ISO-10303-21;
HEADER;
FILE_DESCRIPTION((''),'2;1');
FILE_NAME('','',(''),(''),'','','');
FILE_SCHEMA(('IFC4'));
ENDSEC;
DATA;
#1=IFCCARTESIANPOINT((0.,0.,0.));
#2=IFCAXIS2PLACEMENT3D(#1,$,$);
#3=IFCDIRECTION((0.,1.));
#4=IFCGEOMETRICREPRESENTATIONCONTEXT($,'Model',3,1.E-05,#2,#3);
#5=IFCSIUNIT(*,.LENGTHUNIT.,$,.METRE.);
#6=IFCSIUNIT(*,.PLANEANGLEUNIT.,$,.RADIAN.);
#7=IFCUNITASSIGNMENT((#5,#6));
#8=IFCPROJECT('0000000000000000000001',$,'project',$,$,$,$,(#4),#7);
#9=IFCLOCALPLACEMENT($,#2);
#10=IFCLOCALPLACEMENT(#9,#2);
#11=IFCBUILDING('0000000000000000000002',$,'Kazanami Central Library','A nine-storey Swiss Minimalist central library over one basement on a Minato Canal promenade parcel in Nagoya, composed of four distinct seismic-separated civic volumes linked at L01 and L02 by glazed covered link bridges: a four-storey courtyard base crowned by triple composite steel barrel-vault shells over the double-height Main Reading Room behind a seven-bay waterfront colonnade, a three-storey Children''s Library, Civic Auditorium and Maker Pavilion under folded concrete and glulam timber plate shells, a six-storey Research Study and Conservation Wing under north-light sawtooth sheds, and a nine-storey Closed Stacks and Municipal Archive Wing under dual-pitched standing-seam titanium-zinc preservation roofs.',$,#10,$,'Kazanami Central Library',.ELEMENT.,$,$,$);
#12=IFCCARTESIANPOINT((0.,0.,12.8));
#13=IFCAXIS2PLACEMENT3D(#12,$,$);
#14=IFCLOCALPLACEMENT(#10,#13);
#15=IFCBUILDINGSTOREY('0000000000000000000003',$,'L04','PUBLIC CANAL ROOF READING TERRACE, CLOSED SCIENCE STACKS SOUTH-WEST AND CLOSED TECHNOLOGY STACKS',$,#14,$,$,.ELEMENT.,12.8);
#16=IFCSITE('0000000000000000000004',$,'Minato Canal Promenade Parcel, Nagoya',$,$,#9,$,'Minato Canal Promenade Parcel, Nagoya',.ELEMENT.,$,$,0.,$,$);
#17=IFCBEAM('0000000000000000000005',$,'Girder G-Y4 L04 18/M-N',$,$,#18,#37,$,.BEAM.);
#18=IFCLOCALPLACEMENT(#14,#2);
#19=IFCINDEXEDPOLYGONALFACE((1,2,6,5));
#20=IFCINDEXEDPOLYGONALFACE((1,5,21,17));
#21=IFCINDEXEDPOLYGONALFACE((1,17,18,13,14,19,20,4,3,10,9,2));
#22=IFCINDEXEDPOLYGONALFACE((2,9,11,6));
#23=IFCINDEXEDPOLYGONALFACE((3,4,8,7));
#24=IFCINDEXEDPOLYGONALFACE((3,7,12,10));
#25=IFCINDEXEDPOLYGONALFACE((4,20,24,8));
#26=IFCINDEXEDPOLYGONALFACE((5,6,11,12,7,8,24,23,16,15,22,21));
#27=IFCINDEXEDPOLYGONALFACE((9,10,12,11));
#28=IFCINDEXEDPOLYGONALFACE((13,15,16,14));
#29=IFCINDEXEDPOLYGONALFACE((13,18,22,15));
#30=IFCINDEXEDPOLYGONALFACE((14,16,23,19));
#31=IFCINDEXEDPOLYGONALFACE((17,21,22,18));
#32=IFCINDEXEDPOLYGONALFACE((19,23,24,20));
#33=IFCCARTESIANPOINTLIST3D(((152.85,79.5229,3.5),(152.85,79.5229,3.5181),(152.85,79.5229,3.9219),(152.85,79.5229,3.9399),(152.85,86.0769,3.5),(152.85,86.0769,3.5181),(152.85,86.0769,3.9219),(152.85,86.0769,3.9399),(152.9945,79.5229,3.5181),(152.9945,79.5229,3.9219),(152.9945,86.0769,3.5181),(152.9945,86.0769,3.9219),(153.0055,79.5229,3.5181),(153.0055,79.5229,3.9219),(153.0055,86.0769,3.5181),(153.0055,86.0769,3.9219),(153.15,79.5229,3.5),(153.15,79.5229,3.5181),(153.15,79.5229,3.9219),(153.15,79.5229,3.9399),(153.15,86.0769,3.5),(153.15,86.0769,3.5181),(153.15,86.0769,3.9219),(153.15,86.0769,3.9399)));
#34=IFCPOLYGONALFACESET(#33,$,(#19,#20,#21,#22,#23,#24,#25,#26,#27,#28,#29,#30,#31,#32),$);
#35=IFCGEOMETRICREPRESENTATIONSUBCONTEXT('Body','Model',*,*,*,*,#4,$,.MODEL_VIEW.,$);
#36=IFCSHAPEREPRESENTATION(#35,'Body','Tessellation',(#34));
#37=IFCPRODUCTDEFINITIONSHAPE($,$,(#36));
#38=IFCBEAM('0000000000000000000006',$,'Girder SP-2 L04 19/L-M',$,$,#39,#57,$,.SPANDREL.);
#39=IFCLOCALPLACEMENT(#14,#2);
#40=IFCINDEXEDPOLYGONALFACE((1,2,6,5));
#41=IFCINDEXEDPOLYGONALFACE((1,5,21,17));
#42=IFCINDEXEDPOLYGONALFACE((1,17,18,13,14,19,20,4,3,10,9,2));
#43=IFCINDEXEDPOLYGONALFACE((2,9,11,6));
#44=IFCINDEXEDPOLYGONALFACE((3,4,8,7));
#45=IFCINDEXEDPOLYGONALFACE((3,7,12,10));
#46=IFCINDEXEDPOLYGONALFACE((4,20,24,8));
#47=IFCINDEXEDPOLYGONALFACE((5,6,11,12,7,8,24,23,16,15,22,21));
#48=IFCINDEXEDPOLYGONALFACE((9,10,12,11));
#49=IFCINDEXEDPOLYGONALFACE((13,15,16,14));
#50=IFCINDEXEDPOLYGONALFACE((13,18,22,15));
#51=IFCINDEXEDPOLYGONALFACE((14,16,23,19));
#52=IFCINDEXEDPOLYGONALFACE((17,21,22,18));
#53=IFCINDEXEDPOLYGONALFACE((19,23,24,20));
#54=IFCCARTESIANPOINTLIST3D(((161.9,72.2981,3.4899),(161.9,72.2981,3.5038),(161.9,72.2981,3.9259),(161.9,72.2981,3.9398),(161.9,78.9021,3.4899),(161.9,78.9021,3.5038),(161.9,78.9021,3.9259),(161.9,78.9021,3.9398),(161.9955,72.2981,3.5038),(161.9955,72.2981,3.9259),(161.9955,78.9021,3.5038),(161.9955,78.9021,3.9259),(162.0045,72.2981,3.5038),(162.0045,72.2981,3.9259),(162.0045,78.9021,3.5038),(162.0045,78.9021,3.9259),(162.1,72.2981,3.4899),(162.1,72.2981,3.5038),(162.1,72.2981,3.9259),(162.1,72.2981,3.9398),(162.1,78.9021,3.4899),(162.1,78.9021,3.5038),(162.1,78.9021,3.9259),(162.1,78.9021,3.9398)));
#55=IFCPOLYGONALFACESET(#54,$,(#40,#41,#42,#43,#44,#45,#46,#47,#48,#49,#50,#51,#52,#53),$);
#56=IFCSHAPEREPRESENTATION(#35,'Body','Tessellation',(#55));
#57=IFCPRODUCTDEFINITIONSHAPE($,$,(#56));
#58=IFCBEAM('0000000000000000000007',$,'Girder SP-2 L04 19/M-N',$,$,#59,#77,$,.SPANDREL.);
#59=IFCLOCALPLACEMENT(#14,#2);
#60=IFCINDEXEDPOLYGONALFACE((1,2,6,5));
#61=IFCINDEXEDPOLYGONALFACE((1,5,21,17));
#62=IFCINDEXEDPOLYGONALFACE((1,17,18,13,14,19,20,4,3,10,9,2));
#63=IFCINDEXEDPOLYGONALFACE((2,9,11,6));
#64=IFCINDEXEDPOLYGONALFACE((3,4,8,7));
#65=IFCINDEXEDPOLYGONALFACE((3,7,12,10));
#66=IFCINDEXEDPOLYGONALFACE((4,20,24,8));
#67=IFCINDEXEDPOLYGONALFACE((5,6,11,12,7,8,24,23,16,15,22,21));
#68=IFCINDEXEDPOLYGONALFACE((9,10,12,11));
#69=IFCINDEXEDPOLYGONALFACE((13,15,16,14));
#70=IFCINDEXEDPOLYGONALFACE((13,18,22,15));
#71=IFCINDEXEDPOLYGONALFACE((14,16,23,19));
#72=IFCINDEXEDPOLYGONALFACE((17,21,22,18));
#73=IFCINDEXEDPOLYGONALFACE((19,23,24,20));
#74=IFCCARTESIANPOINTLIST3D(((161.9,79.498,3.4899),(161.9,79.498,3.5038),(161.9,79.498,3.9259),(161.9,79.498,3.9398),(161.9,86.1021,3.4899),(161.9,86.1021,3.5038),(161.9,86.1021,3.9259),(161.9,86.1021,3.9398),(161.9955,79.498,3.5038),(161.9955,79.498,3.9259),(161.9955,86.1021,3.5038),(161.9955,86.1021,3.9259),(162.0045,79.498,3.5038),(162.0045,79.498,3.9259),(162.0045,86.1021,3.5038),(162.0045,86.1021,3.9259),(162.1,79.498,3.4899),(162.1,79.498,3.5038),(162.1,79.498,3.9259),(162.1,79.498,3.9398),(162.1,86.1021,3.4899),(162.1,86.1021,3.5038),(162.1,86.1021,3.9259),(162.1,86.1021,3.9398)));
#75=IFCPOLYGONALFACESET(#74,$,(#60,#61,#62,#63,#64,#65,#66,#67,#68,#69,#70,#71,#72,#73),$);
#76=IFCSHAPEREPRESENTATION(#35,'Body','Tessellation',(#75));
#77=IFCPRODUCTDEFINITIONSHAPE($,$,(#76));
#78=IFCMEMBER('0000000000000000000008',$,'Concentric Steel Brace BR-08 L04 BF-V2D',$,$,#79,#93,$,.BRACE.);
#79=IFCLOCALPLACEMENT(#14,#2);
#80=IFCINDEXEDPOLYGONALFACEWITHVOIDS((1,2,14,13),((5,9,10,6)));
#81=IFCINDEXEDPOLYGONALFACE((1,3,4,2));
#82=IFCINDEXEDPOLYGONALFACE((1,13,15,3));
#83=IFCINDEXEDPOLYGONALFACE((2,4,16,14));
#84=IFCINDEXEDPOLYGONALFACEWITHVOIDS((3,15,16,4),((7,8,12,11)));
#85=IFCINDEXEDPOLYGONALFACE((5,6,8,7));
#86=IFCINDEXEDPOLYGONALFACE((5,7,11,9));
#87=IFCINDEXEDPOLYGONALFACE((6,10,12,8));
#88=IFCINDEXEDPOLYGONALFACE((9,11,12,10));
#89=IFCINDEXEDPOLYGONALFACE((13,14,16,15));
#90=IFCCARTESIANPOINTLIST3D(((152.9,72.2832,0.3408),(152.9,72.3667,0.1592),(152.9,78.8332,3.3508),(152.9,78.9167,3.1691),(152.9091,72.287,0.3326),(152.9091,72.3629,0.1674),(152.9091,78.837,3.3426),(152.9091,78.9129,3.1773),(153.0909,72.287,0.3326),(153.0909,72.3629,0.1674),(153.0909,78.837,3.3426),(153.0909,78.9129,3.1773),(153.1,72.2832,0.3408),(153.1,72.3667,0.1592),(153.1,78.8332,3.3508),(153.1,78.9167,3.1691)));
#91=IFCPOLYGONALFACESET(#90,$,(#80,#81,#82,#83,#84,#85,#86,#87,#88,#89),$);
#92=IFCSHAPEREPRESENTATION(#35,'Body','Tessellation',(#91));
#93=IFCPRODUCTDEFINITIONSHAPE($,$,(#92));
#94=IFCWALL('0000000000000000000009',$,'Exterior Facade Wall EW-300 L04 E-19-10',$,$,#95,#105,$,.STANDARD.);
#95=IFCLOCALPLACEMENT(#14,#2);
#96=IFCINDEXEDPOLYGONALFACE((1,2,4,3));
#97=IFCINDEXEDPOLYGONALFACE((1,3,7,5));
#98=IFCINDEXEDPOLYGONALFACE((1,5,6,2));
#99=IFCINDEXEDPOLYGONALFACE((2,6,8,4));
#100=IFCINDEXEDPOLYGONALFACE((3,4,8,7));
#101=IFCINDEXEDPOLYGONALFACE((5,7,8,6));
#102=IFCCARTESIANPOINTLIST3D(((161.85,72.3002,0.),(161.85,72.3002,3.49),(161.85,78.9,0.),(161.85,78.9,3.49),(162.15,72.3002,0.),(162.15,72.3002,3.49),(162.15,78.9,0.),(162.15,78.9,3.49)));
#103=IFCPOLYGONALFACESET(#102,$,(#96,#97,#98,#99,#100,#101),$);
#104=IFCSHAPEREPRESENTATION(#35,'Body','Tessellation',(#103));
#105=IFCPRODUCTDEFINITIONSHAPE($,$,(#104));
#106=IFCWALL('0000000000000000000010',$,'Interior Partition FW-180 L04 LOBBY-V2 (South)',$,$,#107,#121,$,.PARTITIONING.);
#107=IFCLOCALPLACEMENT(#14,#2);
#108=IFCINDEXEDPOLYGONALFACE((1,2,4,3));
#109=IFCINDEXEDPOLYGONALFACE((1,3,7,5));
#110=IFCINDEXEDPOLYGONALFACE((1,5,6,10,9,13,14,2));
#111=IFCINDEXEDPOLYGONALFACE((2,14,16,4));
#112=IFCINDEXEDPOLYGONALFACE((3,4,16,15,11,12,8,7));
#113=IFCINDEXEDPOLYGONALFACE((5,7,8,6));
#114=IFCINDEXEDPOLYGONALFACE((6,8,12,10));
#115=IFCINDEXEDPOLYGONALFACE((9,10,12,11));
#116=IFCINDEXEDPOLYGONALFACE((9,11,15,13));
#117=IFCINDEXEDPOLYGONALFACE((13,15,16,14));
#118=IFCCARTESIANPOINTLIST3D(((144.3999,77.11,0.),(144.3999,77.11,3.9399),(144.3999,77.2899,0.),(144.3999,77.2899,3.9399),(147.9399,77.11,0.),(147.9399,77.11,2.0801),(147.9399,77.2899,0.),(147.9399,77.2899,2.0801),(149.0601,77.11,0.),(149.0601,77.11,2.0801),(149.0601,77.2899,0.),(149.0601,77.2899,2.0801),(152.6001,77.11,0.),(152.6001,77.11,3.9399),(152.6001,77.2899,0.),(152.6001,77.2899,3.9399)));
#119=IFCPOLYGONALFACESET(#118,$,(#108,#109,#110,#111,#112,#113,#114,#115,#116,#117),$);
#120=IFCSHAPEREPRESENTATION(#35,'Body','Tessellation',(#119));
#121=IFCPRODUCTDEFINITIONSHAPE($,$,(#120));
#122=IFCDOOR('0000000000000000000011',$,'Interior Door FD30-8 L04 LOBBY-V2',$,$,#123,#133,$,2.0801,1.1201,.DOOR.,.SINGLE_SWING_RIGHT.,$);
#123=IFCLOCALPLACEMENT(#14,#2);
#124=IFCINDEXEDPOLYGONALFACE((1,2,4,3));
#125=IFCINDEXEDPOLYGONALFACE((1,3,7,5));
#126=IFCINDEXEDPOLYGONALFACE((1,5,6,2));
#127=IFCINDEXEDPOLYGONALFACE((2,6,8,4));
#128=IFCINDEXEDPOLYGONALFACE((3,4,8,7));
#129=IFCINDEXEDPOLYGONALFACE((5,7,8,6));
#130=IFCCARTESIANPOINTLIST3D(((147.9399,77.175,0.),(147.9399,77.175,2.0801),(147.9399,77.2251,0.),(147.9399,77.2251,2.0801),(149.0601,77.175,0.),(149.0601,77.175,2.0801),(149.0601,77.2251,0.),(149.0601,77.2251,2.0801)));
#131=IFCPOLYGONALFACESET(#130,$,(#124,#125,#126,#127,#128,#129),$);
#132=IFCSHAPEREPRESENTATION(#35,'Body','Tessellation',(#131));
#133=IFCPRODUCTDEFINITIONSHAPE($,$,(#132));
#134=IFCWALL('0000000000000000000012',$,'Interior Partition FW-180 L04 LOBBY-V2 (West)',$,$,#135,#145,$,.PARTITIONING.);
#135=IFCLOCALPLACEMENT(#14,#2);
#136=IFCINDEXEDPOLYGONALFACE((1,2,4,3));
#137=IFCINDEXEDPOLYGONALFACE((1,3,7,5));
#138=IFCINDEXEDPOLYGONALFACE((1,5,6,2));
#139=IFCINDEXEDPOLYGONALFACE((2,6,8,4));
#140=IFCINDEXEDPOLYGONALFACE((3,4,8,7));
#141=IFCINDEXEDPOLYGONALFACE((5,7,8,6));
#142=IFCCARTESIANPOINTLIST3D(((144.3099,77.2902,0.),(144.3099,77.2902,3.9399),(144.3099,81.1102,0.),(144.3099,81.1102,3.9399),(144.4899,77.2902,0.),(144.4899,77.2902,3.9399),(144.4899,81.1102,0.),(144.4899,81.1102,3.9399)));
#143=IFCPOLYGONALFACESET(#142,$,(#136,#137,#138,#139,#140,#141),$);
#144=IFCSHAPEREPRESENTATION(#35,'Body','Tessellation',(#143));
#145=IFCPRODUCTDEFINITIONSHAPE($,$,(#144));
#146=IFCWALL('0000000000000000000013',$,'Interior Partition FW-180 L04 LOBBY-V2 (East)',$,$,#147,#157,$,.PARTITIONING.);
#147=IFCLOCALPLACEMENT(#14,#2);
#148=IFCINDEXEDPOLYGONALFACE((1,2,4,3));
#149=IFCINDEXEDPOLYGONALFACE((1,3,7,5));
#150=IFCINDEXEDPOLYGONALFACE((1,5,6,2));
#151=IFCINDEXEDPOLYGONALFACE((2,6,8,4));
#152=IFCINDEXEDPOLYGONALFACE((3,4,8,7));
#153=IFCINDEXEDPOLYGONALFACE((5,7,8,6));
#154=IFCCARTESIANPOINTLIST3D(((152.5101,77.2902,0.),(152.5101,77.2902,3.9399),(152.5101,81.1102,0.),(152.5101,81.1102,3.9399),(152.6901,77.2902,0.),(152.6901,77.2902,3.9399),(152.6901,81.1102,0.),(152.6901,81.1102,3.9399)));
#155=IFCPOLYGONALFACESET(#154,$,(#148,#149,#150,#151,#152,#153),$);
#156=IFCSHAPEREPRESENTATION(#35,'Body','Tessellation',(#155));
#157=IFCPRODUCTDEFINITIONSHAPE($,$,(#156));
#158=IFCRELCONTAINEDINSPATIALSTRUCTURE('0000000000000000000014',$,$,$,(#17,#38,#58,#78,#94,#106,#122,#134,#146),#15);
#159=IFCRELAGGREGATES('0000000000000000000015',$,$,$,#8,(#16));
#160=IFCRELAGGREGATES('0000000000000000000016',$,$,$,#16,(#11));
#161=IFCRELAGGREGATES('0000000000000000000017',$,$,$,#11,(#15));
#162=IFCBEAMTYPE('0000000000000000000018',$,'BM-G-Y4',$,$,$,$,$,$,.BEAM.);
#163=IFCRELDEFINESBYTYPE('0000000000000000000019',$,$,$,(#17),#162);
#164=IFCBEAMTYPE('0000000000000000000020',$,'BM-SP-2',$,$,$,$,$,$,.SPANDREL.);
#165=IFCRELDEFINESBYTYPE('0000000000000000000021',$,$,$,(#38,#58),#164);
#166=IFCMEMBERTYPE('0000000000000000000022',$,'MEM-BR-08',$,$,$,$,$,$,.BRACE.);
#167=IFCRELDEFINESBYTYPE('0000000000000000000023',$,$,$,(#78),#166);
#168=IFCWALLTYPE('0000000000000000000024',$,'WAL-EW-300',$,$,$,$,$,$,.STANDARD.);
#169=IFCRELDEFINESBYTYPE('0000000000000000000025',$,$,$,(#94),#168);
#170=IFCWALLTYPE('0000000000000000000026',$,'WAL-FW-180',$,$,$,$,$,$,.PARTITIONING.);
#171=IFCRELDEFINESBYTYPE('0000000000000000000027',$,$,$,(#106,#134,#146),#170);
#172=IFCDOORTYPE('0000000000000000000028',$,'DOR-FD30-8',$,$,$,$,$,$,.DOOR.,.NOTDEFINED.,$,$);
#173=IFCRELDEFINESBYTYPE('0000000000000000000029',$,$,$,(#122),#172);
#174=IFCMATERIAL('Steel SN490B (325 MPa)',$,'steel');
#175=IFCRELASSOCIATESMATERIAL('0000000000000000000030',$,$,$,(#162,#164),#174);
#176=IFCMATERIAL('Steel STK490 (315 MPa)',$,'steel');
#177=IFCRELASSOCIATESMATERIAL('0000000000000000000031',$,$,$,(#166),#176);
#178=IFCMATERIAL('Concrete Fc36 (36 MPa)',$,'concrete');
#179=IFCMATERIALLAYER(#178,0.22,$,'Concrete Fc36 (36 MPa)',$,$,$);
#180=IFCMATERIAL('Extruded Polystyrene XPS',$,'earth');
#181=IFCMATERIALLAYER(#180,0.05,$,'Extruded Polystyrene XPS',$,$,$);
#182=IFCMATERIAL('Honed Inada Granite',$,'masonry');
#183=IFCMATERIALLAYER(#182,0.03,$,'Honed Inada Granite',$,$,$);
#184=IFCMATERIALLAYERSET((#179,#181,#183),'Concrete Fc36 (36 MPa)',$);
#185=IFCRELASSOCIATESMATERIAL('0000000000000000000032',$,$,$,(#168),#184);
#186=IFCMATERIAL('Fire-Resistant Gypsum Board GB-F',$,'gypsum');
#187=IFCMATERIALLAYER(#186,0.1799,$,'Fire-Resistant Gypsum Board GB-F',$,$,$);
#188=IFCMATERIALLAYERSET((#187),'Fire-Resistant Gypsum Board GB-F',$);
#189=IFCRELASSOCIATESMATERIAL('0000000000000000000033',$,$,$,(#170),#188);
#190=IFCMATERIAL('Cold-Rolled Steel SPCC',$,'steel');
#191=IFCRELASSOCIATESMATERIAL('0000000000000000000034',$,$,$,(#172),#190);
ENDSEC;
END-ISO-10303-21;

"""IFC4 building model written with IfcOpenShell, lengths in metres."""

from ifc_helpers import new_model, si_unit, direction, frame, frame_2d, origin, origin_2d, place, context, subcontext, project, spatial, rectangle, hollow_rectangle, i_section, extrude, material, layer, layer_set, material_profile, profile_set, type_object, element, fill, save


model = new_model("IFC4")

# Units and contexts
model_context = context("Model", 3, precision=1e-05, world=origin(), true_north=direction((0.0, 1.0)))
body_context = subcontext(model_context, "Body", "Model", "MODEL_VIEW")
ifc_project = project(units=[si_unit("LENGTHUNIT", "METRE"), si_unit("PLANEANGLEUNIT", "RADIAN")], contexts=[model_context])

# Site, building, storey
site_placement = place(None, origin())
site = spatial("IfcSite", under=ifc_project, at=site_placement, Name="Minato Canal Promenade Parcel, Nagoya", LongName="Minato Canal Promenade Parcel, Nagoya", CompositionType="ELEMENT", RefElevation=0.0)
building_placement = place(site_placement, origin())
building = spatial("IfcBuilding", under=site, at=building_placement, Name="Kazanami Central Library", Description="A nine-storey Swiss Minimalist central library over one basement on a Minato Canal promenade parcel in Nagoya, composed of four distinct seismic-separated civic volumes linked at L01 and L02 by glazed covered link bridges: a four-storey courtyard base crowned by triple composite steel barrel-vault shells over the double-height Main Reading Room behind a seven-bay waterfront colonnade, a three-storey Children's Library, Civic Auditorium and Maker Pavilion under folded concrete and glulam timber plate shells, a six-storey Research Study and Conservation Wing under north-light sawtooth sheds, and a nine-storey Closed Stacks and Municipal Archive Wing under dual-pitched standing-seam titanium-zinc preservation roofs.", LongName="Kazanami Central Library", CompositionType="ELEMENT")
storey_placement = place(building_placement, frame((0.0, 0.0, 12.8)))
storey = spatial("IfcBuildingStorey", under=building, at=storey_placement, Name="L04", Description="PUBLIC CANAL ROOF READING TERRACE, CLOSED SCIENCE STACKS SOUTH-WEST AND CLOSED TECHNOLOGY STACKS", CompositionType="ELEMENT", Elevation=12.8)

# Beams
ifc_material_1 = material(Name="Steel SN490B (325 MPa)", Category="steel")
ifc_material_profile_1 = material_profile(ifc_material_1, i_section(OverallWidth=0.3, OverallDepth=0.4399, WebThickness=0.011, FlangeThickness=0.0181, at=origin_2d()), Name="H-440x300x11x18")
ifc_profile_set_1 = profile_set([ifc_material_profile_1], Name="Steel SN490B (325 MPa)")
beam_type_1 = type_object("IfcBeamType", Name="BM-G-Y4", PredefinedType="BEAM", material=ifc_profile_set_1)
for number, where, z_axis, x_axis, name in (
    (1, (153.0, 79.5229, 3.72), (0.0, 1.0, 0.0), (-1.0, 0.0, 0.0), "Girder G-Y4 L04 18/M-N"),
):
    element("IfcBeam", number, at=place(storey_placement, frame(where, z_axis=z_axis, x_axis=x_axis)), inside=storey, type_object=beam_type_1, Name=name, PredefinedType="BEAM", context=body_context, shape_type="SweptSolid", body=[
        extrude(i_section(OverallWidth=0.3, OverallDepth=0.4399, WebThickness=0.011, FlangeThickness=0.0181, at=origin_2d()), origin(), (0.0, 0.0, 1.0), 6.554),
    ])
ifc_material_profile_2 = material_profile(ifc_material_1, i_section(OverallWidth=0.2, OverallDepth=0.45, WebThickness=0.009, FlangeThickness=0.0139, at=origin_2d()), Name="H-450x200x9x14")
ifc_profile_set_2 = profile_set([ifc_material_profile_2], Name="Steel SN490B (325 MPa)")
beam_type_2 = type_object("IfcBeamType", Name="BM-SP-2", PredefinedType="SPANDREL", material=ifc_profile_set_2)
for number, where, z_axis, x_axis, name in (
    (2, (162.0, 72.2981, 3.7148), (0.0, 1.0, 0.0), (-1.0, 0.0, 0.0), "Girder SP-2 L04 19/L-M"),
    (3, (162.0, 79.498, 3.7148), (0.0, 1.0, 0.0), (-1.0, 0.0, 0.0), "Girder SP-2 L04 19/M-N"),
):
    element("IfcBeam", number, at=place(storey_placement, frame(where, z_axis=z_axis, x_axis=x_axis)), inside=storey, type_object=beam_type_2, Name=name, PredefinedType="SPANDREL", context=body_context, shape_type="SweptSolid", body=[
        extrude(i_section(OverallWidth=0.2, OverallDepth=0.45, WebThickness=0.009, FlangeThickness=0.0139, at=origin_2d()), origin(), (0.0, 0.0, 1.0), 6.604),
    ])

# Member
ifc_material_2 = material(Name="Steel STK490 (315 MPa)", Category="steel")
ifc_material_profile_3 = material_profile(ifc_material_2, hollow_rectangle(XDim=0.2, YDim=0.2, WallThickness=0.009, at=origin_2d()), Name="STKR-200x200x9")
ifc_profile_set_3 = profile_set([ifc_material_profile_3], Name="Steel STK490 (315 MPa)")
member_type = type_object("IfcMemberType", Name="MEM-BR-08", PredefinedType="BRACE", material=ifc_profile_set_3)
member_placement = place(storey_placement, frame((153.0, 72.325, 0.25), z_axis=(0.0, 0.908649, 0.417561), x_axis=(-1.0, 0.0, 0.0)))
element("IfcMember", 4, at=member_placement, inside=storey, type_object=member_type, Name="Concentric Steel Brace BR-08 L04 BF-V2D", PredefinedType="BRACE", context=body_context, shape_type="SweptSolid", body=[
    extrude(hollow_rectangle(XDim=0.2, YDim=0.2, WallThickness=0.009, at=origin_2d()), origin(), (0.0, 0.0, 1.0), 7.2085),
])

# Wall
ifc_material_3 = material(Name="Concrete Fc36 (36 MPa)", Category="concrete")
ifc_layer_1 = layer(ifc_material_3, 0.22, Name="Concrete Fc36 (36 MPa)")
ifc_material_4 = material(Name="Extruded Polystyrene XPS", Category="earth")
ifc_layer_2 = layer(ifc_material_4, 0.05, Name="Extruded Polystyrene XPS")
ifc_material_5 = material(Name="Honed Inada Granite", Category="masonry")
ifc_layer_3 = layer(ifc_material_5, 0.03, Name="Honed Inada Granite")
ifc_layer_set_1 = layer_set([ifc_layer_1, ifc_layer_2, ifc_layer_3], Name="Concrete Fc36 (36 MPa)")
wall_type_1 = type_object("IfcWallType", Name="WAL-EW-300", PredefinedType="STANDARD", material=ifc_layer_set_1)
wall_1_placement = place(storey_placement, frame((162.0, 78.8999, 0.0), z_axis=(0.0, 0.0, 1.0), x_axis=(0.0, -1.0, 0.0)))
element("IfcWall", 5, at=wall_1_placement, inside=storey, type_object=wall_type_1, Name="Exterior Facade Wall EW-300 L04 E-19-10", PredefinedType="STANDARD", context=body_context, shape_type="SweptSolid", body=[
    extrude(rectangle(XDim=6.5999, YDim=0.3, at=frame_2d((3.2998, 0.0))), origin(), (0.0, 0.0, 1.0), 3.49),
])

# Wall, opening, door
ifc_material_6 = material(Name="Fire-Resistant Gypsum Board GB-F", Category="gypsum")
ifc_layer_4 = layer(ifc_material_6, 0.1799, Name="Fire-Resistant Gypsum Board GB-F")
ifc_layer_set_2 = layer_set([ifc_layer_4], Name="Fire-Resistant Gypsum Board GB-F")
wall_type_2 = type_object("IfcWallType", Name="WAL-FW-180", PredefinedType="PARTITIONING", material=ifc_layer_set_2)
wall_2_placement = place(storey_placement, frame((144.3999, 77.2, 0.0), z_axis=(0.0, 0.0, 1.0), x_axis=(1.0, 0.0, 0.0)))
wall_2 = element("IfcWall", 6, at=wall_2_placement, inside=storey, type_object=wall_type_2, Name="Interior Partition FW-180 L04 LOBBY-V2 (South)", PredefinedType="PARTITIONING", context=body_context, shape_type="SweptSolid", body=[
    extrude(rectangle(XDim=8.2002, YDim=0.1799, at=frame_2d((4.1001, 0.0))), origin(), (0.0, 0.0, 1.0), 3.9399),
])
opening_1_placement = place(wall_2_placement, frame((3.54, 0.0, 0.0)))
opening_1 = element("IfcOpeningElement", 7, at=opening_1_placement, cuts=wall_2, PredefinedType="OPENING", context=body_context, shape_type="SweptSolid", body=[
    extrude(rectangle(XDim=1.1201, YDim=2.0801, at=frame_2d((0.5601, 1.04))), frame((0.0, 0.1021, 0.0), z_axis=(0.0, -1.0, 0.0), x_axis=(1.0, 0.0, 0.0)), (0.0, 0.0, 1.0), 0.2039),
])
ifc_material_7 = material(Name="Cold-Rolled Steel SPCC", Category="steel")
door_type_1 = type_object("IfcDoorType", Name="DOR-FD30-8", OperationType="NOTDEFINED", PredefinedType="DOOR", material=ifc_material_7)
door_1_placement = place(opening_1_placement, frame((1.1201, 0.0, 0.0), z_axis=(0.0, 0.0, 1.0), x_axis=(-1.0, 0.0, 0.0)))
door_1 = element("IfcDoor", 8, at=door_1_placement, inside=storey, type_object=door_type_1, Name="Interior Door FD30-8 L04 LOBBY-V2", OperationType="SINGLE_SWING_RIGHT", OverallHeight=2.0801, OverallWidth=1.1201, PredefinedType="DOOR", context=body_context, shape_type="SweptSolid", body=[
    extrude(rectangle(XDim=1.1201, YDim=2.0801, at=frame_2d((0.5601, 1.04))), frame((0.0, 0.0249, 0.0), z_axis=(0.0, -1.0, 0.0), x_axis=(1.0, 0.0, 0.0)), (0.0, 0.0, 1.0), 0.05),
])
fill(opening_1, door_1)

# Walls
for number, where, z_axis, x_axis, name in (
    (9, (144.3999, 77.29, 0.0), (0.0, 0.0, 1.0), (0.0, 1.0, 0.0), "Interior Partition FW-180 L04 LOBBY-V2 (West)"),
    (10, (152.6001, 77.29, 0.0), (0.0, 0.0, 1.0), (0.0, 1.0, 0.0), "Interior Partition FW-180 L04 LOBBY-V2 (East)"),
):
    element("IfcWall", number, at=place(storey_placement, frame(where, z_axis=z_axis, x_axis=x_axis)), inside=storey, type_object=wall_type_2, Name=name, PredefinedType="PARTITIONING", context=body_context, shape_type="SweptSolid", body=[
        extrude(rectangle(XDim=3.8201, YDim=0.1799, at=frame_2d((1.9102, 0.0))), origin(), (0.0, 0.0, 1.0), 3.9399),
    ])

save(model, "model.ifc")
